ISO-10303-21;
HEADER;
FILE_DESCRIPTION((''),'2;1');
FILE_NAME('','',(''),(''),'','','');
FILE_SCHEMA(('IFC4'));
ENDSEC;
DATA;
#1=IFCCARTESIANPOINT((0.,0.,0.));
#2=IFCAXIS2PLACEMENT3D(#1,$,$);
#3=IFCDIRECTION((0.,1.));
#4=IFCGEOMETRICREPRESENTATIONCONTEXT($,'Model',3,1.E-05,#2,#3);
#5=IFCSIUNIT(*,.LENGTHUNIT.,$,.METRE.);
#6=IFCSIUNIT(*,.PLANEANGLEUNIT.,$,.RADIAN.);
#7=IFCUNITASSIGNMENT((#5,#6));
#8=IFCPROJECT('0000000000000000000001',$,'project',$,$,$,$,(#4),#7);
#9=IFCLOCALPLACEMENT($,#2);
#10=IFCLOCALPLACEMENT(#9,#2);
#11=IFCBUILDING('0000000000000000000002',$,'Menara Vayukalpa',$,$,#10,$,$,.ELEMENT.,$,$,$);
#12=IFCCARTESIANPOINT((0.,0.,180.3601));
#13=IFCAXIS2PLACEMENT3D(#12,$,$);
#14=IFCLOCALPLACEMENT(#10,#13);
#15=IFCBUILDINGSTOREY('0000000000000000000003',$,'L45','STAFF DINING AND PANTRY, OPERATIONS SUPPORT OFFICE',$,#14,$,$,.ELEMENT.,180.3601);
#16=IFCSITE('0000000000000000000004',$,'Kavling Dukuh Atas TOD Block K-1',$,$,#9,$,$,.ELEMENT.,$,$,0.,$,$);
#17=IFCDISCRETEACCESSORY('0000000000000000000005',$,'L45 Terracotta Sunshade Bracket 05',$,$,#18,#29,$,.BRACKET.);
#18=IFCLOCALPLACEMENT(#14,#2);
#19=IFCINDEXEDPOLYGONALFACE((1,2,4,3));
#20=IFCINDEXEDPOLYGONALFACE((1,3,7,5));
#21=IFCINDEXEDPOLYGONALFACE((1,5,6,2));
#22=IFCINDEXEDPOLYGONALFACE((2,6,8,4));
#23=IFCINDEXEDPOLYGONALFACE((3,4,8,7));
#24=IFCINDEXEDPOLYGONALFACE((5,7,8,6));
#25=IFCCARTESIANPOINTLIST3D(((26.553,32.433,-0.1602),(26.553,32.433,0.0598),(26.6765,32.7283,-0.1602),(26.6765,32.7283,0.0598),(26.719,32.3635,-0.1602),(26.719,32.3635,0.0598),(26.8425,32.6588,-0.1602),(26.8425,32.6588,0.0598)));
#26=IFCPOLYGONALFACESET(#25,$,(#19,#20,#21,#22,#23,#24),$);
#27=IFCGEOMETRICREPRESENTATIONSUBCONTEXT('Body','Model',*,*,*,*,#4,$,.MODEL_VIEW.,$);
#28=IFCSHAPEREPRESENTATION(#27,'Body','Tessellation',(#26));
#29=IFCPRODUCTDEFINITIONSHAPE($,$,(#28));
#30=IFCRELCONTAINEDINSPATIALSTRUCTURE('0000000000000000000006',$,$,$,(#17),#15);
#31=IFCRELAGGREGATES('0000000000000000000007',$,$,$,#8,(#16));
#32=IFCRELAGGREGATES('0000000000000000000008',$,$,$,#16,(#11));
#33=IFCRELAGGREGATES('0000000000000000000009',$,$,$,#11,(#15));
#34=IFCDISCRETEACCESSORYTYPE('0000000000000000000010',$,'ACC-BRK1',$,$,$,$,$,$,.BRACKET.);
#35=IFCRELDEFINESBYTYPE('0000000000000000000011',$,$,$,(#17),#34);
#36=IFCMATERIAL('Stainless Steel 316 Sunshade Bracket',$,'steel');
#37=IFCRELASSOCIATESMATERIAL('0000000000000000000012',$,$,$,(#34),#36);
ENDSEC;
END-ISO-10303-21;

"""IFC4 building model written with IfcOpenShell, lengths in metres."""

from ifc_helpers import new_model, si_unit, direction, frame, origin, origin_2d, place, context, subcontext, project, spatial, rectangle, extrude, material, type_object, element, save


model = new_model("IFC4")

# Units and contexts
model_context = context("Model", 3, precision=1e-05, world=origin(), true_north=direction((0.0, 1.0)))
body_context = subcontext(model_context, "Body", "Model", "MODEL_VIEW")
ifc_project = project(units=[si_unit("LENGTHUNIT", "METRE"), si_unit("PLANEANGLEUNIT", "RADIAN")], contexts=[model_context])

# Site, building, storey
site_placement = place(None, origin())
site = spatial("IfcSite", under=ifc_project, at=site_placement, Name="Kavling Dukuh Atas TOD Block K-1", CompositionType="ELEMENT", RefElevation=0.0)
building_placement = place(site_placement, origin())
building = spatial("IfcBuilding", under=site, at=building_placement, Name="Menara Vayukalpa", CompositionType="ELEMENT")
storey_placement = place(building_placement, frame((0.0, 0.0, 180.3601)))
storey = spatial("IfcBuildingStorey", under=building, at=storey_placement, Name="L45", Description="STAFF DINING AND PANTRY, OPERATIONS SUPPORT OFFICE", CompositionType="ELEMENT", Elevation=180.3601)

# Discrete accessory
ifc_material_1 = material(Name="Stainless Steel 316 Sunshade Bracket", Category="steel")
discrete_accessory_type = type_object("IfcDiscreteAccessoryType", Name="ACC-BRK1", PredefinedType="BRACKET", material=ifc_material_1)
discrete_accessory_placement = place(storey_placement, frame((26.6978, 32.5459, -0.1602), z_axis=(0.0, 0.0, 1.0), x_axis=(-0.922538, 0.385906, 0.0)))
element("IfcDiscreteAccessory", 1, at=discrete_accessory_placement, inside=storey, type_object=discrete_accessory_type, Name="L45 Terracotta Sunshade Bracket 05", PredefinedType="BRACKET", context=body_context, shape_type="SweptSolid", body=[
    extrude(rectangle(XDim=0.1799, YDim=0.3201, at=origin_2d()), origin(), (0.0, 0.0, 1.0), 0.22),
])

save(model, "model.ifc")
